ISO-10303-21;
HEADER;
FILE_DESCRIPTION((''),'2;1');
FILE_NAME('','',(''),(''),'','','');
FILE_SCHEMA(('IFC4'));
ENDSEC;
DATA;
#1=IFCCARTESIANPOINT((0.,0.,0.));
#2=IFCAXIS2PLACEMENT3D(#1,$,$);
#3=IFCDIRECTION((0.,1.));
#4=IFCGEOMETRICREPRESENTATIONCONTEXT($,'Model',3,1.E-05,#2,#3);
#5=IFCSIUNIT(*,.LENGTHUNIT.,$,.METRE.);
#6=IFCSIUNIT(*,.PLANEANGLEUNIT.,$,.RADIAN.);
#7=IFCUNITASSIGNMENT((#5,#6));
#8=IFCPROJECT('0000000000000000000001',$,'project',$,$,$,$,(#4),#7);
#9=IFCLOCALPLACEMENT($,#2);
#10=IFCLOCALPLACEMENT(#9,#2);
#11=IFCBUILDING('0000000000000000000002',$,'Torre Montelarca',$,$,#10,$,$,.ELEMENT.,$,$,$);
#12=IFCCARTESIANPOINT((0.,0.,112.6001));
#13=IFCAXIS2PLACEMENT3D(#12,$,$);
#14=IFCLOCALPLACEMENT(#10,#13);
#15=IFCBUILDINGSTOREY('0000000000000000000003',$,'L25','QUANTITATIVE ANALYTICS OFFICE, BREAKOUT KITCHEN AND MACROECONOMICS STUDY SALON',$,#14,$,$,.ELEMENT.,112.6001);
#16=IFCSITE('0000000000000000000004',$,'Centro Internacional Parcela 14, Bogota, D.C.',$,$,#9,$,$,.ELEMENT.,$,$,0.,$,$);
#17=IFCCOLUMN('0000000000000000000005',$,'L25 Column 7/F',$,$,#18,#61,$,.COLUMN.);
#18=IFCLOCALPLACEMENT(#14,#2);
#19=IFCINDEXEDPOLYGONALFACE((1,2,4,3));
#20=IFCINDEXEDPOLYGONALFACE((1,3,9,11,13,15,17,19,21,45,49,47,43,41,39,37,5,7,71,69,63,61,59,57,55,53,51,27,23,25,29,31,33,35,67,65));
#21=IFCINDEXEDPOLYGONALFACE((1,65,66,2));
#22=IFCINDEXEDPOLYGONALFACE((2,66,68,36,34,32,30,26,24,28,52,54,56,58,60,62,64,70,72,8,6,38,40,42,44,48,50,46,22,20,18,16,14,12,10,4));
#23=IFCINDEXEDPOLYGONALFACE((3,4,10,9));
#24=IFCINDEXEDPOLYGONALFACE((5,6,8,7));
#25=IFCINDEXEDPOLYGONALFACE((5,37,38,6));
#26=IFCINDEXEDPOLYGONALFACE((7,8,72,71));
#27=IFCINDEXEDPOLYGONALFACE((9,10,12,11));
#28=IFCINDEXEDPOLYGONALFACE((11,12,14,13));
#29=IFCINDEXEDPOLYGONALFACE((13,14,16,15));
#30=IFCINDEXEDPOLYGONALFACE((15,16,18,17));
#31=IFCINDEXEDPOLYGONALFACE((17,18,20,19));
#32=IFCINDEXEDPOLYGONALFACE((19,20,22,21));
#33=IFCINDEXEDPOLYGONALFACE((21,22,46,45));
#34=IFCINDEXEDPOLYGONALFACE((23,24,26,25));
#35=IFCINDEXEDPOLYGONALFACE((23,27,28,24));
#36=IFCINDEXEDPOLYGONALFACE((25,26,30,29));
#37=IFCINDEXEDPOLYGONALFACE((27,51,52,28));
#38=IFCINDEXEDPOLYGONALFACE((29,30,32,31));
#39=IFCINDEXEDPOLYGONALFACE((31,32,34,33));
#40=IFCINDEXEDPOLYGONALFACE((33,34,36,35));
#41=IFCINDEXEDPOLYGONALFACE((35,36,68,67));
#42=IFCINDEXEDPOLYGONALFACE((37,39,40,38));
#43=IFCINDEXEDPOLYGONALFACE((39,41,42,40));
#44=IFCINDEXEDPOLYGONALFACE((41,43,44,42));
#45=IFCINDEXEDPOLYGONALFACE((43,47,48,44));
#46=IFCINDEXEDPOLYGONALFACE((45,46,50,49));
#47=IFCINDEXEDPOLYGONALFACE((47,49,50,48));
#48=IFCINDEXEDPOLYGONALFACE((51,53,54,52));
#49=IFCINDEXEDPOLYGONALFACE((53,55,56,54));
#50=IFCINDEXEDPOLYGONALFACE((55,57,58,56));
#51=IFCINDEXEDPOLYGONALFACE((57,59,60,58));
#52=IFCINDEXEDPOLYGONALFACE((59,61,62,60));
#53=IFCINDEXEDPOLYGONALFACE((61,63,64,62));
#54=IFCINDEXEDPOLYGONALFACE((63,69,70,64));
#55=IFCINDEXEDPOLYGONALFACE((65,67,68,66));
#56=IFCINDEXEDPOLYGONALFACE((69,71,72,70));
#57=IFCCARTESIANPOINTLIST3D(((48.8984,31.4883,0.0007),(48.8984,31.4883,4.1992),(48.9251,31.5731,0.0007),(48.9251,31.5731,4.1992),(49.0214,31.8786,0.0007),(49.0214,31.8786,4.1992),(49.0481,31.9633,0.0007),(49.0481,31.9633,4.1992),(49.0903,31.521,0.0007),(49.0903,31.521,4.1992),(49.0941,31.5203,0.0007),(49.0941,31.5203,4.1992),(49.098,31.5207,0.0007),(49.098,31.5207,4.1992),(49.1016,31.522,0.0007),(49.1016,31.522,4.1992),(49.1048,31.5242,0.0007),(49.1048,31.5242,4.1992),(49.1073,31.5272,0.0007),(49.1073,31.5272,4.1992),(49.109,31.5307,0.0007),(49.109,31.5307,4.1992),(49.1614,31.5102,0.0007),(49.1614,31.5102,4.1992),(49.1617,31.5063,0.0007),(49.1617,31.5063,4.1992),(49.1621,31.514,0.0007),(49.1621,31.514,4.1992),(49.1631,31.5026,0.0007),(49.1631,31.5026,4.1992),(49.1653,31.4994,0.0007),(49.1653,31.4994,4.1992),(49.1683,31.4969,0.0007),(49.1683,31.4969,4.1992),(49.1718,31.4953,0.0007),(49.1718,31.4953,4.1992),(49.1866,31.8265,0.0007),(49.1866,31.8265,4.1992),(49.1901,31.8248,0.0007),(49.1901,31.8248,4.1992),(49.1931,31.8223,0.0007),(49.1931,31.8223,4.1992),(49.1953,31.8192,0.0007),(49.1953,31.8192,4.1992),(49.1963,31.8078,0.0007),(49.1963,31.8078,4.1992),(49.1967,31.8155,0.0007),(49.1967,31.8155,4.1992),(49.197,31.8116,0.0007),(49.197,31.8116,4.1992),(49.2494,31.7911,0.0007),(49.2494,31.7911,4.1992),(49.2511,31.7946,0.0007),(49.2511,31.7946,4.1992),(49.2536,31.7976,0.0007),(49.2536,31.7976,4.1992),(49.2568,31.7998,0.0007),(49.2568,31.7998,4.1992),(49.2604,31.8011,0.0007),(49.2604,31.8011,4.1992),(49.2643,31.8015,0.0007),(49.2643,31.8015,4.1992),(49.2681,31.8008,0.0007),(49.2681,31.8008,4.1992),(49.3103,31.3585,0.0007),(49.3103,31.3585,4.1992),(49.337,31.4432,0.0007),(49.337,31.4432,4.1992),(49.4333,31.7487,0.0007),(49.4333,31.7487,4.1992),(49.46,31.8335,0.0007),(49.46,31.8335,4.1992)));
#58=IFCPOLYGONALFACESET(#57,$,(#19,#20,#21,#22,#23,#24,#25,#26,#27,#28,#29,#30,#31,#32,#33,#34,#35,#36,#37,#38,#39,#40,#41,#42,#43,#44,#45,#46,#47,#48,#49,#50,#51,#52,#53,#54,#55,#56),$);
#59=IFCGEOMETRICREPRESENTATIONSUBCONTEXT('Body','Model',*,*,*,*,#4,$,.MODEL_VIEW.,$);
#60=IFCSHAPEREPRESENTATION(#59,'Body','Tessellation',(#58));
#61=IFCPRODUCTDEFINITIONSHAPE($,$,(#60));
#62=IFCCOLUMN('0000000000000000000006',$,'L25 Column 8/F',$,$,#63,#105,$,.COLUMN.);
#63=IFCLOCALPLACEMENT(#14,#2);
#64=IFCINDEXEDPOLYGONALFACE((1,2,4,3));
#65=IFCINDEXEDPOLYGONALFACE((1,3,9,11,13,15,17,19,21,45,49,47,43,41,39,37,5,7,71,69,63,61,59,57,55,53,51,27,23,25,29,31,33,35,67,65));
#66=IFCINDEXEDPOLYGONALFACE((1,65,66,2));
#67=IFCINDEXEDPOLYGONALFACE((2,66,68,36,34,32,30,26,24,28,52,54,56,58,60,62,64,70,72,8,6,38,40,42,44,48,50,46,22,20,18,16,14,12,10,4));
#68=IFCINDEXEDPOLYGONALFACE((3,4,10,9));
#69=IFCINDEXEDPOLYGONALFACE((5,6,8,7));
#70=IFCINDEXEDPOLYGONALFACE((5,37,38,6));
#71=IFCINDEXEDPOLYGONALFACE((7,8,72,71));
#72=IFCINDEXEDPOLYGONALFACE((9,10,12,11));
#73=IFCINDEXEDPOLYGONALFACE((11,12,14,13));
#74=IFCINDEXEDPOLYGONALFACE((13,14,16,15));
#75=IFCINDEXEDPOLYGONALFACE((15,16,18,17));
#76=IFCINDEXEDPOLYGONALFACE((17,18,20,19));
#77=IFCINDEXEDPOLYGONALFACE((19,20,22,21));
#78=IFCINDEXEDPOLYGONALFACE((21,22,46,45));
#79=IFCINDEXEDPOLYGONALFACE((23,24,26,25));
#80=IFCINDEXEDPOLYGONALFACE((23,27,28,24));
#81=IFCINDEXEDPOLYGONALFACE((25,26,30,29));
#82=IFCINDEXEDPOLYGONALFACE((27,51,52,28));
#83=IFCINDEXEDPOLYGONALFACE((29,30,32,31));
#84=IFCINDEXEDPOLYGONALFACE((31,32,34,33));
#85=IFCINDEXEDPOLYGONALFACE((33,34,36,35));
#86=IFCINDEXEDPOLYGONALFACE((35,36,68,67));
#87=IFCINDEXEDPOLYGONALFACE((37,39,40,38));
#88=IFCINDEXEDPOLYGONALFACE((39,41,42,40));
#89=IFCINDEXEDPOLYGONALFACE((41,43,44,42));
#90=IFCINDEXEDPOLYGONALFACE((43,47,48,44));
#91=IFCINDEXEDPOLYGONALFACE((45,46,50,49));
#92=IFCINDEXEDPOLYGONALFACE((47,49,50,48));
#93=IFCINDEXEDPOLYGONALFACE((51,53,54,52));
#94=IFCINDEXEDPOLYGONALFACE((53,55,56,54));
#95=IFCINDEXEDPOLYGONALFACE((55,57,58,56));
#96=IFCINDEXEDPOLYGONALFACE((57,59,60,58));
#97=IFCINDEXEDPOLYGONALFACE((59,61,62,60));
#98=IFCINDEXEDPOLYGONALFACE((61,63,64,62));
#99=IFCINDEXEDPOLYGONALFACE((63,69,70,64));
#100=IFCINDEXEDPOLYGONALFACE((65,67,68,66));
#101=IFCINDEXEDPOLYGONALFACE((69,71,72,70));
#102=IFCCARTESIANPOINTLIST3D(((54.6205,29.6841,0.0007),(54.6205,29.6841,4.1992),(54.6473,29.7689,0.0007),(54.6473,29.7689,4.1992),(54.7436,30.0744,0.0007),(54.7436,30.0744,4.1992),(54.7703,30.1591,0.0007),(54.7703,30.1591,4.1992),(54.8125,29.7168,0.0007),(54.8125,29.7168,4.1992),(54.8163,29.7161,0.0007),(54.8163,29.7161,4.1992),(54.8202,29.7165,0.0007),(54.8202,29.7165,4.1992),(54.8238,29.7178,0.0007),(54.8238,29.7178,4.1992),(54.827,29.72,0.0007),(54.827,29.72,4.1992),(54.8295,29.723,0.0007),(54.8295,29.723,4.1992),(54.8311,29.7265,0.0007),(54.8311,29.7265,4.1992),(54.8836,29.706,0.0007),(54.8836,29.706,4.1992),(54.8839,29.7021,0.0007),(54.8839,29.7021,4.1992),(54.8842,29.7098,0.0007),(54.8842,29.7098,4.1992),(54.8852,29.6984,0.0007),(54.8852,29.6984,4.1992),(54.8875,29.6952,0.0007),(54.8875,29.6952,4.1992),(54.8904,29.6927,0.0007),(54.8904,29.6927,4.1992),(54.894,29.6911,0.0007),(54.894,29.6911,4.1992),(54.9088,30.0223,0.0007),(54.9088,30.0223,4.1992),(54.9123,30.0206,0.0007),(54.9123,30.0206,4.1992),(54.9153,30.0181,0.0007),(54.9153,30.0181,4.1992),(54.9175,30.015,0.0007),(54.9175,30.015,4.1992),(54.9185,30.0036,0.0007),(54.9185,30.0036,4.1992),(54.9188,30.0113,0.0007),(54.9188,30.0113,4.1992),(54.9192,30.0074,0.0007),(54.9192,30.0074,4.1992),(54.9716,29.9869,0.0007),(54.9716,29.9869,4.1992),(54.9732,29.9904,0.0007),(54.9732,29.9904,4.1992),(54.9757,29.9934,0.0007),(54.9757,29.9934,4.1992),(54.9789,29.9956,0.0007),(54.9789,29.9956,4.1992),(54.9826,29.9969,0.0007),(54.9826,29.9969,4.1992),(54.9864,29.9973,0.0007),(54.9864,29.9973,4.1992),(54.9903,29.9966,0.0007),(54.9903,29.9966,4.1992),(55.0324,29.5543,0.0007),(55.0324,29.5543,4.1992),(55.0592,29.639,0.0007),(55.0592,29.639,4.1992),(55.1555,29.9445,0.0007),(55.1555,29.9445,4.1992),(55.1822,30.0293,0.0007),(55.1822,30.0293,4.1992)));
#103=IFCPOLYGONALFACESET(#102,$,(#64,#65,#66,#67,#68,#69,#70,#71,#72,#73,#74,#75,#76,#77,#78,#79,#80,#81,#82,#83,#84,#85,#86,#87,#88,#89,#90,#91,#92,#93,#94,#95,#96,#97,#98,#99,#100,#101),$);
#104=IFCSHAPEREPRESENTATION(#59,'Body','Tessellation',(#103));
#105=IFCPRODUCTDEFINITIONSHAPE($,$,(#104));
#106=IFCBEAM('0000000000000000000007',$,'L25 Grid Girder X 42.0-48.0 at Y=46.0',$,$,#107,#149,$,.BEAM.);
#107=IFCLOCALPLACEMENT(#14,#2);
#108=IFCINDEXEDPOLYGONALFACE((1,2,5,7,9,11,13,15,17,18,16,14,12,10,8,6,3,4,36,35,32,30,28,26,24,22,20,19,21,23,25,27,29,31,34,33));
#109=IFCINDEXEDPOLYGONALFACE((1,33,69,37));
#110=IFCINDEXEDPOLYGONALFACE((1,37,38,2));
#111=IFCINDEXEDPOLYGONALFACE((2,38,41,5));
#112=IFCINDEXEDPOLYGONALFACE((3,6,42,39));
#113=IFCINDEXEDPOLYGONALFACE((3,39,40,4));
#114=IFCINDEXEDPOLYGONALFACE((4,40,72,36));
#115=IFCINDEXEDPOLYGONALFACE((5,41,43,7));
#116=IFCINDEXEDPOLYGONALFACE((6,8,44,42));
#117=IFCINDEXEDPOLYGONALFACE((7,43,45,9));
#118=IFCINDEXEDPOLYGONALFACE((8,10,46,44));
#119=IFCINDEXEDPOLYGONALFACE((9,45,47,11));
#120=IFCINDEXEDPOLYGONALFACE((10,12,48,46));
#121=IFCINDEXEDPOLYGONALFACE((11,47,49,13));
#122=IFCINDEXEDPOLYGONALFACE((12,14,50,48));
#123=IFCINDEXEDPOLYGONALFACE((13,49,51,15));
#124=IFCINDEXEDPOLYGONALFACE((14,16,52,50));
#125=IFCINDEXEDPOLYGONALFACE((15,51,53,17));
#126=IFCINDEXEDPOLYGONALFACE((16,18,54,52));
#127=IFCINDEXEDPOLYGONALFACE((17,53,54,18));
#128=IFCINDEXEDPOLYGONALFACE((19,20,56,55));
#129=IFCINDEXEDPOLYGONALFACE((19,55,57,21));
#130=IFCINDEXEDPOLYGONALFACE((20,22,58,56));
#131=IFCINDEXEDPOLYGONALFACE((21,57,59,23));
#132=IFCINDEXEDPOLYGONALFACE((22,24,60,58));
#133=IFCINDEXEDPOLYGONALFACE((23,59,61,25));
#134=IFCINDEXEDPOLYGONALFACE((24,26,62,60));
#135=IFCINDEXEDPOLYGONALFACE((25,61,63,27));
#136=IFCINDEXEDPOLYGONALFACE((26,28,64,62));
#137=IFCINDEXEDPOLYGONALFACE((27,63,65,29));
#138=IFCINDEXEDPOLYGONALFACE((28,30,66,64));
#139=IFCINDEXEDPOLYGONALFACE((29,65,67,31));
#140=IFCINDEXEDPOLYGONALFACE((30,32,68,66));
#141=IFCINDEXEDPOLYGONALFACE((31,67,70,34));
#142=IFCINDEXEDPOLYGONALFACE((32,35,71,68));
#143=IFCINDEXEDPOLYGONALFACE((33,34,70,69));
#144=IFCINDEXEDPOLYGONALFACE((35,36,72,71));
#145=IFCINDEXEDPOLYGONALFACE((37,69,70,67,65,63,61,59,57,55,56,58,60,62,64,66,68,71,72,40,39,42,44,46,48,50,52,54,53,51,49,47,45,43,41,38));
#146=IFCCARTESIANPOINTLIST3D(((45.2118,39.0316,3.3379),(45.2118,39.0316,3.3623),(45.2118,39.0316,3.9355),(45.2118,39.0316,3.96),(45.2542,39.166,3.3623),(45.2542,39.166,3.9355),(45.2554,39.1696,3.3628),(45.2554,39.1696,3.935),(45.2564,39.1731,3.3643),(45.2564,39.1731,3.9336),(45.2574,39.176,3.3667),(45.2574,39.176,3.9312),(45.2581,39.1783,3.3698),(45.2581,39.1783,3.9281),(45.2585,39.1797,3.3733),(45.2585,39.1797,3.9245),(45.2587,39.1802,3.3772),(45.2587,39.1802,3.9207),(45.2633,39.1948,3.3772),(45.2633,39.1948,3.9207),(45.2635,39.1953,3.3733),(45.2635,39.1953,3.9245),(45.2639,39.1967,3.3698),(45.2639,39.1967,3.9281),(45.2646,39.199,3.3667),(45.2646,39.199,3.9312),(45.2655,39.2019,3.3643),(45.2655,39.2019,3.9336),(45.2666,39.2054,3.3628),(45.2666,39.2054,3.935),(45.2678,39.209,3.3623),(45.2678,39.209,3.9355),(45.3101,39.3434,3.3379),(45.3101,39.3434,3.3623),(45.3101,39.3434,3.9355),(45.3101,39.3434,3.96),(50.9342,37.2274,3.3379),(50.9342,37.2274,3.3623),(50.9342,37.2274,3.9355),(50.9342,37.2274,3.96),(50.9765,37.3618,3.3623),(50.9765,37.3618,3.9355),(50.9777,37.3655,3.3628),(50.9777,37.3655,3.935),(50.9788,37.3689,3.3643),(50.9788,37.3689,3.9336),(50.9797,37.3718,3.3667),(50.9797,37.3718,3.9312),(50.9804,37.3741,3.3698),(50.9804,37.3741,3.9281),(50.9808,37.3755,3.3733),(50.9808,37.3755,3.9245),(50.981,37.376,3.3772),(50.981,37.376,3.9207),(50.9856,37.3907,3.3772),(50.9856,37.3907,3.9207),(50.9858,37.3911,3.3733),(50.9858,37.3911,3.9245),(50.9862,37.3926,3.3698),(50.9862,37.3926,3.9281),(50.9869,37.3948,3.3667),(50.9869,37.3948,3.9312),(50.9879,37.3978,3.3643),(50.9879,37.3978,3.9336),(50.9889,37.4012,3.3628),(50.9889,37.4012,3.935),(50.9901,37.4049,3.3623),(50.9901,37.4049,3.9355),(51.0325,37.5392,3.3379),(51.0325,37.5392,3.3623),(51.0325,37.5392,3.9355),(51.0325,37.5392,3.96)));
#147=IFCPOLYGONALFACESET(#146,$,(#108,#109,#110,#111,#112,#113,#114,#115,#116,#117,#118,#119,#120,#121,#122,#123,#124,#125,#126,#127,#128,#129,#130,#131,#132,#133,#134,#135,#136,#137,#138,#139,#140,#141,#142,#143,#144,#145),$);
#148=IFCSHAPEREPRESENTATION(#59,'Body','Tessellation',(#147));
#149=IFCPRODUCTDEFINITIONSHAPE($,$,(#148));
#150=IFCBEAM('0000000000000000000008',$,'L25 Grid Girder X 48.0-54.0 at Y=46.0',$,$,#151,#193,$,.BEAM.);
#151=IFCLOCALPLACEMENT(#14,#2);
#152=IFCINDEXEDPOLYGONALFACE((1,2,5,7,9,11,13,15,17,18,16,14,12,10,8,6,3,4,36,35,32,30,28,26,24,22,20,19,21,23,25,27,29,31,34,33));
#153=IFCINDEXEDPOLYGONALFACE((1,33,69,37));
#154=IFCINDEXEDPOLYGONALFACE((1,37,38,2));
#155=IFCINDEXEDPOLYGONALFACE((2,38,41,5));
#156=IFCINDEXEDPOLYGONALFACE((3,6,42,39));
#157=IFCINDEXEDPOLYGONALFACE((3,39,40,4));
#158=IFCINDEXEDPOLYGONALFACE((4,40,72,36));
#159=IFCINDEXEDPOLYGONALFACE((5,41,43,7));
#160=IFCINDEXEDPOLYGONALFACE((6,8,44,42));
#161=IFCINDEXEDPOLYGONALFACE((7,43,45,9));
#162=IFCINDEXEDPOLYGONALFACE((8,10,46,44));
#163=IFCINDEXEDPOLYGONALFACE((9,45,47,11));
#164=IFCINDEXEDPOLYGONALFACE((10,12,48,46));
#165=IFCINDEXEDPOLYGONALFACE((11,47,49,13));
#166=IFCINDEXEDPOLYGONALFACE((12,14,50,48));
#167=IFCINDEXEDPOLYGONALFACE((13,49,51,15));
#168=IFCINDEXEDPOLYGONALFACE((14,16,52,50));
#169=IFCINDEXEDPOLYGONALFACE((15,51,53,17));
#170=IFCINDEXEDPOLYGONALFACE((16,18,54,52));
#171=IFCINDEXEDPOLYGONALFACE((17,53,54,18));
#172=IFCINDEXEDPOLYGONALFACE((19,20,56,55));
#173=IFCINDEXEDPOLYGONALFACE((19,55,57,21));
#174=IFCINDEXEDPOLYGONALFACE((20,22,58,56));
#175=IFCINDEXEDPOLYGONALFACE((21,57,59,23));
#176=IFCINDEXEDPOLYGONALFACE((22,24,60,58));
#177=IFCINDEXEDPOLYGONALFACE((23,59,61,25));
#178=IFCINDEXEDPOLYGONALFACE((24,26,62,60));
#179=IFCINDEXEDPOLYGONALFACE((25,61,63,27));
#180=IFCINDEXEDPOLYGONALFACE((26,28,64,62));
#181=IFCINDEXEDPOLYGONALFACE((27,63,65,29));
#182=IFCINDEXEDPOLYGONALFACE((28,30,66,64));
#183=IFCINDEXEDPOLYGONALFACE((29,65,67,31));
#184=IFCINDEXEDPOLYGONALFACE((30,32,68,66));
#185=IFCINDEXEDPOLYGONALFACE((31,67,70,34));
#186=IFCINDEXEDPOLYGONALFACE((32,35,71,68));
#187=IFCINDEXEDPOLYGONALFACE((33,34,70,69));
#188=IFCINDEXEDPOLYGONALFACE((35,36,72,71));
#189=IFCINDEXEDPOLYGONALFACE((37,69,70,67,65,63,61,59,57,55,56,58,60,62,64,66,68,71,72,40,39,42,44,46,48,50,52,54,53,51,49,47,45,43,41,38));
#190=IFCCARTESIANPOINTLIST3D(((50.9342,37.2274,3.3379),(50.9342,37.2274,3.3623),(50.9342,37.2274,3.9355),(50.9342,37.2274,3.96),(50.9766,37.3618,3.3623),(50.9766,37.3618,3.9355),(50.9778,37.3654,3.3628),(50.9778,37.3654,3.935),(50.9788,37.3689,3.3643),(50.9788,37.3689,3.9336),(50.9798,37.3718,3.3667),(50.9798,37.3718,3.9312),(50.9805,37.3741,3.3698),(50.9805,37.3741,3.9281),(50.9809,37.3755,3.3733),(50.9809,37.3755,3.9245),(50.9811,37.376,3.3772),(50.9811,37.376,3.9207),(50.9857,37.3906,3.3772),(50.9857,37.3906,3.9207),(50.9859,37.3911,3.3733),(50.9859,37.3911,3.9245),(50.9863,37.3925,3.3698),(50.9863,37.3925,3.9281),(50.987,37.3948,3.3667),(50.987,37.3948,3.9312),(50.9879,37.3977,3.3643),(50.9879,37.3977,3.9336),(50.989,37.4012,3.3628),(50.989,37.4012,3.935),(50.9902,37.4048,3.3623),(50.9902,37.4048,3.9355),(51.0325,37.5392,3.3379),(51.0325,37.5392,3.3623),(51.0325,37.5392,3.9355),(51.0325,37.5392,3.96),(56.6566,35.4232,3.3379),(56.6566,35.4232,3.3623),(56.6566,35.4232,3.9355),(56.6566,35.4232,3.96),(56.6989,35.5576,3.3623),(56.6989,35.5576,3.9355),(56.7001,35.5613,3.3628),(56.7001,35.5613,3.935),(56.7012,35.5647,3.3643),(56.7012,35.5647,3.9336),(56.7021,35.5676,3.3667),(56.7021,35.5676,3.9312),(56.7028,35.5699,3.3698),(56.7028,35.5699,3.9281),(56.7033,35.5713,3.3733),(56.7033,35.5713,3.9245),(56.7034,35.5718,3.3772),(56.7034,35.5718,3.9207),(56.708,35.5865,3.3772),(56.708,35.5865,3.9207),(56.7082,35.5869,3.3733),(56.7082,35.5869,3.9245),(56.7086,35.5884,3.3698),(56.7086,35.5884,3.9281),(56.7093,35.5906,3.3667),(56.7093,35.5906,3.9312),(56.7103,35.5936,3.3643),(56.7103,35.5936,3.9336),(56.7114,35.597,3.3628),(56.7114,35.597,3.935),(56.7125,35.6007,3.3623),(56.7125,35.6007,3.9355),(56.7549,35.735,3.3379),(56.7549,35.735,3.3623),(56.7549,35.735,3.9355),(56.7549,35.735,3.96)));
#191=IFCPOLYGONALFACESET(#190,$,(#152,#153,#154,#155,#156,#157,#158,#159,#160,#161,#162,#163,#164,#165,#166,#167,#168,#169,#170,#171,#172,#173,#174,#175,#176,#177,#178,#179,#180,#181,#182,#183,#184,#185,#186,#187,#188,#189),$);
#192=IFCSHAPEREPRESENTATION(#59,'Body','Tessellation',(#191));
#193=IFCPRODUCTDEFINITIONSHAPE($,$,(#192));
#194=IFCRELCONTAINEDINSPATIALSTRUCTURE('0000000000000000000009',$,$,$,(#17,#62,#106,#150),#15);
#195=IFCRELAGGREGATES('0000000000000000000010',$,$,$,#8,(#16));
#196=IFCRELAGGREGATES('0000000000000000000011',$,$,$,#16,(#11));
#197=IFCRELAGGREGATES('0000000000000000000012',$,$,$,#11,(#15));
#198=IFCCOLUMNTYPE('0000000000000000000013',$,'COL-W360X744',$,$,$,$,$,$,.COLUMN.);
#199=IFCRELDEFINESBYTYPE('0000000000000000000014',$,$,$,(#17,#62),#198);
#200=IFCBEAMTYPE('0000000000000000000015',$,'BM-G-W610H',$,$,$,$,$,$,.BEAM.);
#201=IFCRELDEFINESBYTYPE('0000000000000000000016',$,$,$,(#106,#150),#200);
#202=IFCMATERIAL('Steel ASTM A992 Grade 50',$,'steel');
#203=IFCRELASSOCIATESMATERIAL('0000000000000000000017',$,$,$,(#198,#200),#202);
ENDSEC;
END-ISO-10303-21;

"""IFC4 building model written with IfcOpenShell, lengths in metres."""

from ifc_helpers import new_model, si_unit, direction, frame, origin, origin_2d, place, context, subcontext, project, spatial, i_section, extrude, source, transform, mapped, material, material_profile, profile_set, type_object, element, save


model = new_model("IFC4")

# Units and contexts
model_context = context("Model", 3, precision=1e-05, world=origin(), true_north=direction((0.0, 1.0)))
body_context = subcontext(model_context, "Body", "Model", "MODEL_VIEW")
ifc_project = project(units=[si_unit("LENGTHUNIT", "METRE"), si_unit("PLANEANGLEUNIT", "RADIAN")], contexts=[model_context])

# Site, building, storey
site_placement = place(None, origin())
site = spatial("IfcSite", under=ifc_project, at=site_placement, Name="Centro Internacional Parcela 14, Bogota, D.C.", CompositionType="ELEMENT", RefElevation=0.0)
building_placement = place(site_placement, origin())
building = spatial("IfcBuilding", under=site, at=building_placement, Name="Torre Montelarca", CompositionType="ELEMENT")
storey_placement = place(building_placement, frame((0.0, 0.0, 112.6001)))
storey = spatial("IfcBuildingStorey", under=building, at=storey_placement, Name="L25", Description="QUANTITATIVE ANALYTICS OFFICE, BREAKOUT KITCHEN AND MACROECONOMICS STUDY SALON", CompositionType="ELEMENT", Elevation=112.6001)

# Columns
ifc_material_1 = material(Name="Steel ASTM A992 Grade 50", Category="steel")
ifc_material_profile_1 = material_profile(ifc_material_1, i_section(OverallWidth=0.4319, OverallDepth=0.498, WebThickness=0.0557, FlangeThickness=0.0889, FilletRadius=0.0149, at=origin_2d()), Name="W360X744", Category="steel")
ifc_profile_set_1 = profile_set([ifc_material_profile_1], Name="Steel ASTM A992 Grade 50")
column_type_1 = type_object("IfcColumnType", Name="COL-W360X744", PredefinedType="COLUMN", material=ifc_profile_set_1)
shared_shape_1 = source(origin(), body_context, "Body", "SweptSolid", [
    extrude(i_section(OverallWidth=0.4319, OverallDepth=0.498, WebThickness=0.0557, FlangeThickness=0.0889, FilletRadius=0.0149, at=origin_2d()), origin(), (0.0, 0.0, 1.0), 4.1985),
])
for number, where, z_axis, x_axis, name in (
    (1, (49.1792, 31.6609, 0.0007), (0.0, 0.0, 1.0), (-0.953717, 0.300706, 0.0), "L25 Column 7/F"),
    (2, (54.9014, 29.8567, 0.0007), (0.0, 0.0, 1.0), (-0.953717, 0.300706, 0.0), "L25 Column 8/F"),
):
    element("IfcColumn", number, at=place(storey_placement, frame(where, z_axis=z_axis, x_axis=x_axis)), inside=storey, type_object=column_type_1, Name=name, PredefinedType="COLUMN", context=body_context, shape_type="MappedRepresentation", body=[
        mapped(shared_shape_1, transform((0.0, 0.0, 0.0), scale=1.0)),
    ])

# Beams
ifc_material_profile_2 = material_profile(ifc_material_1, i_section(OverallWidth=0.3269, OverallDepth=0.6221, WebThickness=0.0154, FlangeThickness=0.0244, FilletRadius=0.0149, at=origin_2d()), Name="W610X195", Category="steel")
ifc_profile_set_2 = profile_set([ifc_material_profile_2], Name="Steel ASTM A992 Grade 50")
beam_type_1 = type_object("IfcBeamType", Name="BM-G-W610H", PredefinedType="BEAM", material=ifc_profile_set_2)
shared_shape_2 = source(origin(), body_context, "Body", "SweptSolid", [
    extrude(i_section(OverallWidth=0.3269, OverallDepth=0.6221, WebThickness=0.0154, FlangeThickness=0.0244, FilletRadius=0.0149, at=origin_2d()), origin(), (0.0, 0.0, 1.0), 6.0),
])
for number, where, z_axis, x_axis, name in (
    (3, (45.261, 39.1875, 3.6489), (0.95372, -0.300695, 0.0), (0.300695, 0.95372, 0.0), "L25 Grid Girder X 42.0-48.0 at Y=46.0"),
    (4, (50.9834, 37.3833, 3.6489), (0.95372, -0.300695, 0.0), (0.300695, 0.95372, 0.0), "L25 Grid Girder X 48.0-54.0 at Y=46.0"),
):
    element("IfcBeam", number, at=place(storey_placement, frame(where, z_axis=z_axis, x_axis=x_axis)), inside=storey, type_object=beam_type_1, Name=name, PredefinedType="BEAM", context=body_context, shape_type="MappedRepresentation", body=[
        mapped(shared_shape_2, transform((0.0, 0.0, 0.0), scale=1.0)),
    ])

save(model, "model.ifc")
